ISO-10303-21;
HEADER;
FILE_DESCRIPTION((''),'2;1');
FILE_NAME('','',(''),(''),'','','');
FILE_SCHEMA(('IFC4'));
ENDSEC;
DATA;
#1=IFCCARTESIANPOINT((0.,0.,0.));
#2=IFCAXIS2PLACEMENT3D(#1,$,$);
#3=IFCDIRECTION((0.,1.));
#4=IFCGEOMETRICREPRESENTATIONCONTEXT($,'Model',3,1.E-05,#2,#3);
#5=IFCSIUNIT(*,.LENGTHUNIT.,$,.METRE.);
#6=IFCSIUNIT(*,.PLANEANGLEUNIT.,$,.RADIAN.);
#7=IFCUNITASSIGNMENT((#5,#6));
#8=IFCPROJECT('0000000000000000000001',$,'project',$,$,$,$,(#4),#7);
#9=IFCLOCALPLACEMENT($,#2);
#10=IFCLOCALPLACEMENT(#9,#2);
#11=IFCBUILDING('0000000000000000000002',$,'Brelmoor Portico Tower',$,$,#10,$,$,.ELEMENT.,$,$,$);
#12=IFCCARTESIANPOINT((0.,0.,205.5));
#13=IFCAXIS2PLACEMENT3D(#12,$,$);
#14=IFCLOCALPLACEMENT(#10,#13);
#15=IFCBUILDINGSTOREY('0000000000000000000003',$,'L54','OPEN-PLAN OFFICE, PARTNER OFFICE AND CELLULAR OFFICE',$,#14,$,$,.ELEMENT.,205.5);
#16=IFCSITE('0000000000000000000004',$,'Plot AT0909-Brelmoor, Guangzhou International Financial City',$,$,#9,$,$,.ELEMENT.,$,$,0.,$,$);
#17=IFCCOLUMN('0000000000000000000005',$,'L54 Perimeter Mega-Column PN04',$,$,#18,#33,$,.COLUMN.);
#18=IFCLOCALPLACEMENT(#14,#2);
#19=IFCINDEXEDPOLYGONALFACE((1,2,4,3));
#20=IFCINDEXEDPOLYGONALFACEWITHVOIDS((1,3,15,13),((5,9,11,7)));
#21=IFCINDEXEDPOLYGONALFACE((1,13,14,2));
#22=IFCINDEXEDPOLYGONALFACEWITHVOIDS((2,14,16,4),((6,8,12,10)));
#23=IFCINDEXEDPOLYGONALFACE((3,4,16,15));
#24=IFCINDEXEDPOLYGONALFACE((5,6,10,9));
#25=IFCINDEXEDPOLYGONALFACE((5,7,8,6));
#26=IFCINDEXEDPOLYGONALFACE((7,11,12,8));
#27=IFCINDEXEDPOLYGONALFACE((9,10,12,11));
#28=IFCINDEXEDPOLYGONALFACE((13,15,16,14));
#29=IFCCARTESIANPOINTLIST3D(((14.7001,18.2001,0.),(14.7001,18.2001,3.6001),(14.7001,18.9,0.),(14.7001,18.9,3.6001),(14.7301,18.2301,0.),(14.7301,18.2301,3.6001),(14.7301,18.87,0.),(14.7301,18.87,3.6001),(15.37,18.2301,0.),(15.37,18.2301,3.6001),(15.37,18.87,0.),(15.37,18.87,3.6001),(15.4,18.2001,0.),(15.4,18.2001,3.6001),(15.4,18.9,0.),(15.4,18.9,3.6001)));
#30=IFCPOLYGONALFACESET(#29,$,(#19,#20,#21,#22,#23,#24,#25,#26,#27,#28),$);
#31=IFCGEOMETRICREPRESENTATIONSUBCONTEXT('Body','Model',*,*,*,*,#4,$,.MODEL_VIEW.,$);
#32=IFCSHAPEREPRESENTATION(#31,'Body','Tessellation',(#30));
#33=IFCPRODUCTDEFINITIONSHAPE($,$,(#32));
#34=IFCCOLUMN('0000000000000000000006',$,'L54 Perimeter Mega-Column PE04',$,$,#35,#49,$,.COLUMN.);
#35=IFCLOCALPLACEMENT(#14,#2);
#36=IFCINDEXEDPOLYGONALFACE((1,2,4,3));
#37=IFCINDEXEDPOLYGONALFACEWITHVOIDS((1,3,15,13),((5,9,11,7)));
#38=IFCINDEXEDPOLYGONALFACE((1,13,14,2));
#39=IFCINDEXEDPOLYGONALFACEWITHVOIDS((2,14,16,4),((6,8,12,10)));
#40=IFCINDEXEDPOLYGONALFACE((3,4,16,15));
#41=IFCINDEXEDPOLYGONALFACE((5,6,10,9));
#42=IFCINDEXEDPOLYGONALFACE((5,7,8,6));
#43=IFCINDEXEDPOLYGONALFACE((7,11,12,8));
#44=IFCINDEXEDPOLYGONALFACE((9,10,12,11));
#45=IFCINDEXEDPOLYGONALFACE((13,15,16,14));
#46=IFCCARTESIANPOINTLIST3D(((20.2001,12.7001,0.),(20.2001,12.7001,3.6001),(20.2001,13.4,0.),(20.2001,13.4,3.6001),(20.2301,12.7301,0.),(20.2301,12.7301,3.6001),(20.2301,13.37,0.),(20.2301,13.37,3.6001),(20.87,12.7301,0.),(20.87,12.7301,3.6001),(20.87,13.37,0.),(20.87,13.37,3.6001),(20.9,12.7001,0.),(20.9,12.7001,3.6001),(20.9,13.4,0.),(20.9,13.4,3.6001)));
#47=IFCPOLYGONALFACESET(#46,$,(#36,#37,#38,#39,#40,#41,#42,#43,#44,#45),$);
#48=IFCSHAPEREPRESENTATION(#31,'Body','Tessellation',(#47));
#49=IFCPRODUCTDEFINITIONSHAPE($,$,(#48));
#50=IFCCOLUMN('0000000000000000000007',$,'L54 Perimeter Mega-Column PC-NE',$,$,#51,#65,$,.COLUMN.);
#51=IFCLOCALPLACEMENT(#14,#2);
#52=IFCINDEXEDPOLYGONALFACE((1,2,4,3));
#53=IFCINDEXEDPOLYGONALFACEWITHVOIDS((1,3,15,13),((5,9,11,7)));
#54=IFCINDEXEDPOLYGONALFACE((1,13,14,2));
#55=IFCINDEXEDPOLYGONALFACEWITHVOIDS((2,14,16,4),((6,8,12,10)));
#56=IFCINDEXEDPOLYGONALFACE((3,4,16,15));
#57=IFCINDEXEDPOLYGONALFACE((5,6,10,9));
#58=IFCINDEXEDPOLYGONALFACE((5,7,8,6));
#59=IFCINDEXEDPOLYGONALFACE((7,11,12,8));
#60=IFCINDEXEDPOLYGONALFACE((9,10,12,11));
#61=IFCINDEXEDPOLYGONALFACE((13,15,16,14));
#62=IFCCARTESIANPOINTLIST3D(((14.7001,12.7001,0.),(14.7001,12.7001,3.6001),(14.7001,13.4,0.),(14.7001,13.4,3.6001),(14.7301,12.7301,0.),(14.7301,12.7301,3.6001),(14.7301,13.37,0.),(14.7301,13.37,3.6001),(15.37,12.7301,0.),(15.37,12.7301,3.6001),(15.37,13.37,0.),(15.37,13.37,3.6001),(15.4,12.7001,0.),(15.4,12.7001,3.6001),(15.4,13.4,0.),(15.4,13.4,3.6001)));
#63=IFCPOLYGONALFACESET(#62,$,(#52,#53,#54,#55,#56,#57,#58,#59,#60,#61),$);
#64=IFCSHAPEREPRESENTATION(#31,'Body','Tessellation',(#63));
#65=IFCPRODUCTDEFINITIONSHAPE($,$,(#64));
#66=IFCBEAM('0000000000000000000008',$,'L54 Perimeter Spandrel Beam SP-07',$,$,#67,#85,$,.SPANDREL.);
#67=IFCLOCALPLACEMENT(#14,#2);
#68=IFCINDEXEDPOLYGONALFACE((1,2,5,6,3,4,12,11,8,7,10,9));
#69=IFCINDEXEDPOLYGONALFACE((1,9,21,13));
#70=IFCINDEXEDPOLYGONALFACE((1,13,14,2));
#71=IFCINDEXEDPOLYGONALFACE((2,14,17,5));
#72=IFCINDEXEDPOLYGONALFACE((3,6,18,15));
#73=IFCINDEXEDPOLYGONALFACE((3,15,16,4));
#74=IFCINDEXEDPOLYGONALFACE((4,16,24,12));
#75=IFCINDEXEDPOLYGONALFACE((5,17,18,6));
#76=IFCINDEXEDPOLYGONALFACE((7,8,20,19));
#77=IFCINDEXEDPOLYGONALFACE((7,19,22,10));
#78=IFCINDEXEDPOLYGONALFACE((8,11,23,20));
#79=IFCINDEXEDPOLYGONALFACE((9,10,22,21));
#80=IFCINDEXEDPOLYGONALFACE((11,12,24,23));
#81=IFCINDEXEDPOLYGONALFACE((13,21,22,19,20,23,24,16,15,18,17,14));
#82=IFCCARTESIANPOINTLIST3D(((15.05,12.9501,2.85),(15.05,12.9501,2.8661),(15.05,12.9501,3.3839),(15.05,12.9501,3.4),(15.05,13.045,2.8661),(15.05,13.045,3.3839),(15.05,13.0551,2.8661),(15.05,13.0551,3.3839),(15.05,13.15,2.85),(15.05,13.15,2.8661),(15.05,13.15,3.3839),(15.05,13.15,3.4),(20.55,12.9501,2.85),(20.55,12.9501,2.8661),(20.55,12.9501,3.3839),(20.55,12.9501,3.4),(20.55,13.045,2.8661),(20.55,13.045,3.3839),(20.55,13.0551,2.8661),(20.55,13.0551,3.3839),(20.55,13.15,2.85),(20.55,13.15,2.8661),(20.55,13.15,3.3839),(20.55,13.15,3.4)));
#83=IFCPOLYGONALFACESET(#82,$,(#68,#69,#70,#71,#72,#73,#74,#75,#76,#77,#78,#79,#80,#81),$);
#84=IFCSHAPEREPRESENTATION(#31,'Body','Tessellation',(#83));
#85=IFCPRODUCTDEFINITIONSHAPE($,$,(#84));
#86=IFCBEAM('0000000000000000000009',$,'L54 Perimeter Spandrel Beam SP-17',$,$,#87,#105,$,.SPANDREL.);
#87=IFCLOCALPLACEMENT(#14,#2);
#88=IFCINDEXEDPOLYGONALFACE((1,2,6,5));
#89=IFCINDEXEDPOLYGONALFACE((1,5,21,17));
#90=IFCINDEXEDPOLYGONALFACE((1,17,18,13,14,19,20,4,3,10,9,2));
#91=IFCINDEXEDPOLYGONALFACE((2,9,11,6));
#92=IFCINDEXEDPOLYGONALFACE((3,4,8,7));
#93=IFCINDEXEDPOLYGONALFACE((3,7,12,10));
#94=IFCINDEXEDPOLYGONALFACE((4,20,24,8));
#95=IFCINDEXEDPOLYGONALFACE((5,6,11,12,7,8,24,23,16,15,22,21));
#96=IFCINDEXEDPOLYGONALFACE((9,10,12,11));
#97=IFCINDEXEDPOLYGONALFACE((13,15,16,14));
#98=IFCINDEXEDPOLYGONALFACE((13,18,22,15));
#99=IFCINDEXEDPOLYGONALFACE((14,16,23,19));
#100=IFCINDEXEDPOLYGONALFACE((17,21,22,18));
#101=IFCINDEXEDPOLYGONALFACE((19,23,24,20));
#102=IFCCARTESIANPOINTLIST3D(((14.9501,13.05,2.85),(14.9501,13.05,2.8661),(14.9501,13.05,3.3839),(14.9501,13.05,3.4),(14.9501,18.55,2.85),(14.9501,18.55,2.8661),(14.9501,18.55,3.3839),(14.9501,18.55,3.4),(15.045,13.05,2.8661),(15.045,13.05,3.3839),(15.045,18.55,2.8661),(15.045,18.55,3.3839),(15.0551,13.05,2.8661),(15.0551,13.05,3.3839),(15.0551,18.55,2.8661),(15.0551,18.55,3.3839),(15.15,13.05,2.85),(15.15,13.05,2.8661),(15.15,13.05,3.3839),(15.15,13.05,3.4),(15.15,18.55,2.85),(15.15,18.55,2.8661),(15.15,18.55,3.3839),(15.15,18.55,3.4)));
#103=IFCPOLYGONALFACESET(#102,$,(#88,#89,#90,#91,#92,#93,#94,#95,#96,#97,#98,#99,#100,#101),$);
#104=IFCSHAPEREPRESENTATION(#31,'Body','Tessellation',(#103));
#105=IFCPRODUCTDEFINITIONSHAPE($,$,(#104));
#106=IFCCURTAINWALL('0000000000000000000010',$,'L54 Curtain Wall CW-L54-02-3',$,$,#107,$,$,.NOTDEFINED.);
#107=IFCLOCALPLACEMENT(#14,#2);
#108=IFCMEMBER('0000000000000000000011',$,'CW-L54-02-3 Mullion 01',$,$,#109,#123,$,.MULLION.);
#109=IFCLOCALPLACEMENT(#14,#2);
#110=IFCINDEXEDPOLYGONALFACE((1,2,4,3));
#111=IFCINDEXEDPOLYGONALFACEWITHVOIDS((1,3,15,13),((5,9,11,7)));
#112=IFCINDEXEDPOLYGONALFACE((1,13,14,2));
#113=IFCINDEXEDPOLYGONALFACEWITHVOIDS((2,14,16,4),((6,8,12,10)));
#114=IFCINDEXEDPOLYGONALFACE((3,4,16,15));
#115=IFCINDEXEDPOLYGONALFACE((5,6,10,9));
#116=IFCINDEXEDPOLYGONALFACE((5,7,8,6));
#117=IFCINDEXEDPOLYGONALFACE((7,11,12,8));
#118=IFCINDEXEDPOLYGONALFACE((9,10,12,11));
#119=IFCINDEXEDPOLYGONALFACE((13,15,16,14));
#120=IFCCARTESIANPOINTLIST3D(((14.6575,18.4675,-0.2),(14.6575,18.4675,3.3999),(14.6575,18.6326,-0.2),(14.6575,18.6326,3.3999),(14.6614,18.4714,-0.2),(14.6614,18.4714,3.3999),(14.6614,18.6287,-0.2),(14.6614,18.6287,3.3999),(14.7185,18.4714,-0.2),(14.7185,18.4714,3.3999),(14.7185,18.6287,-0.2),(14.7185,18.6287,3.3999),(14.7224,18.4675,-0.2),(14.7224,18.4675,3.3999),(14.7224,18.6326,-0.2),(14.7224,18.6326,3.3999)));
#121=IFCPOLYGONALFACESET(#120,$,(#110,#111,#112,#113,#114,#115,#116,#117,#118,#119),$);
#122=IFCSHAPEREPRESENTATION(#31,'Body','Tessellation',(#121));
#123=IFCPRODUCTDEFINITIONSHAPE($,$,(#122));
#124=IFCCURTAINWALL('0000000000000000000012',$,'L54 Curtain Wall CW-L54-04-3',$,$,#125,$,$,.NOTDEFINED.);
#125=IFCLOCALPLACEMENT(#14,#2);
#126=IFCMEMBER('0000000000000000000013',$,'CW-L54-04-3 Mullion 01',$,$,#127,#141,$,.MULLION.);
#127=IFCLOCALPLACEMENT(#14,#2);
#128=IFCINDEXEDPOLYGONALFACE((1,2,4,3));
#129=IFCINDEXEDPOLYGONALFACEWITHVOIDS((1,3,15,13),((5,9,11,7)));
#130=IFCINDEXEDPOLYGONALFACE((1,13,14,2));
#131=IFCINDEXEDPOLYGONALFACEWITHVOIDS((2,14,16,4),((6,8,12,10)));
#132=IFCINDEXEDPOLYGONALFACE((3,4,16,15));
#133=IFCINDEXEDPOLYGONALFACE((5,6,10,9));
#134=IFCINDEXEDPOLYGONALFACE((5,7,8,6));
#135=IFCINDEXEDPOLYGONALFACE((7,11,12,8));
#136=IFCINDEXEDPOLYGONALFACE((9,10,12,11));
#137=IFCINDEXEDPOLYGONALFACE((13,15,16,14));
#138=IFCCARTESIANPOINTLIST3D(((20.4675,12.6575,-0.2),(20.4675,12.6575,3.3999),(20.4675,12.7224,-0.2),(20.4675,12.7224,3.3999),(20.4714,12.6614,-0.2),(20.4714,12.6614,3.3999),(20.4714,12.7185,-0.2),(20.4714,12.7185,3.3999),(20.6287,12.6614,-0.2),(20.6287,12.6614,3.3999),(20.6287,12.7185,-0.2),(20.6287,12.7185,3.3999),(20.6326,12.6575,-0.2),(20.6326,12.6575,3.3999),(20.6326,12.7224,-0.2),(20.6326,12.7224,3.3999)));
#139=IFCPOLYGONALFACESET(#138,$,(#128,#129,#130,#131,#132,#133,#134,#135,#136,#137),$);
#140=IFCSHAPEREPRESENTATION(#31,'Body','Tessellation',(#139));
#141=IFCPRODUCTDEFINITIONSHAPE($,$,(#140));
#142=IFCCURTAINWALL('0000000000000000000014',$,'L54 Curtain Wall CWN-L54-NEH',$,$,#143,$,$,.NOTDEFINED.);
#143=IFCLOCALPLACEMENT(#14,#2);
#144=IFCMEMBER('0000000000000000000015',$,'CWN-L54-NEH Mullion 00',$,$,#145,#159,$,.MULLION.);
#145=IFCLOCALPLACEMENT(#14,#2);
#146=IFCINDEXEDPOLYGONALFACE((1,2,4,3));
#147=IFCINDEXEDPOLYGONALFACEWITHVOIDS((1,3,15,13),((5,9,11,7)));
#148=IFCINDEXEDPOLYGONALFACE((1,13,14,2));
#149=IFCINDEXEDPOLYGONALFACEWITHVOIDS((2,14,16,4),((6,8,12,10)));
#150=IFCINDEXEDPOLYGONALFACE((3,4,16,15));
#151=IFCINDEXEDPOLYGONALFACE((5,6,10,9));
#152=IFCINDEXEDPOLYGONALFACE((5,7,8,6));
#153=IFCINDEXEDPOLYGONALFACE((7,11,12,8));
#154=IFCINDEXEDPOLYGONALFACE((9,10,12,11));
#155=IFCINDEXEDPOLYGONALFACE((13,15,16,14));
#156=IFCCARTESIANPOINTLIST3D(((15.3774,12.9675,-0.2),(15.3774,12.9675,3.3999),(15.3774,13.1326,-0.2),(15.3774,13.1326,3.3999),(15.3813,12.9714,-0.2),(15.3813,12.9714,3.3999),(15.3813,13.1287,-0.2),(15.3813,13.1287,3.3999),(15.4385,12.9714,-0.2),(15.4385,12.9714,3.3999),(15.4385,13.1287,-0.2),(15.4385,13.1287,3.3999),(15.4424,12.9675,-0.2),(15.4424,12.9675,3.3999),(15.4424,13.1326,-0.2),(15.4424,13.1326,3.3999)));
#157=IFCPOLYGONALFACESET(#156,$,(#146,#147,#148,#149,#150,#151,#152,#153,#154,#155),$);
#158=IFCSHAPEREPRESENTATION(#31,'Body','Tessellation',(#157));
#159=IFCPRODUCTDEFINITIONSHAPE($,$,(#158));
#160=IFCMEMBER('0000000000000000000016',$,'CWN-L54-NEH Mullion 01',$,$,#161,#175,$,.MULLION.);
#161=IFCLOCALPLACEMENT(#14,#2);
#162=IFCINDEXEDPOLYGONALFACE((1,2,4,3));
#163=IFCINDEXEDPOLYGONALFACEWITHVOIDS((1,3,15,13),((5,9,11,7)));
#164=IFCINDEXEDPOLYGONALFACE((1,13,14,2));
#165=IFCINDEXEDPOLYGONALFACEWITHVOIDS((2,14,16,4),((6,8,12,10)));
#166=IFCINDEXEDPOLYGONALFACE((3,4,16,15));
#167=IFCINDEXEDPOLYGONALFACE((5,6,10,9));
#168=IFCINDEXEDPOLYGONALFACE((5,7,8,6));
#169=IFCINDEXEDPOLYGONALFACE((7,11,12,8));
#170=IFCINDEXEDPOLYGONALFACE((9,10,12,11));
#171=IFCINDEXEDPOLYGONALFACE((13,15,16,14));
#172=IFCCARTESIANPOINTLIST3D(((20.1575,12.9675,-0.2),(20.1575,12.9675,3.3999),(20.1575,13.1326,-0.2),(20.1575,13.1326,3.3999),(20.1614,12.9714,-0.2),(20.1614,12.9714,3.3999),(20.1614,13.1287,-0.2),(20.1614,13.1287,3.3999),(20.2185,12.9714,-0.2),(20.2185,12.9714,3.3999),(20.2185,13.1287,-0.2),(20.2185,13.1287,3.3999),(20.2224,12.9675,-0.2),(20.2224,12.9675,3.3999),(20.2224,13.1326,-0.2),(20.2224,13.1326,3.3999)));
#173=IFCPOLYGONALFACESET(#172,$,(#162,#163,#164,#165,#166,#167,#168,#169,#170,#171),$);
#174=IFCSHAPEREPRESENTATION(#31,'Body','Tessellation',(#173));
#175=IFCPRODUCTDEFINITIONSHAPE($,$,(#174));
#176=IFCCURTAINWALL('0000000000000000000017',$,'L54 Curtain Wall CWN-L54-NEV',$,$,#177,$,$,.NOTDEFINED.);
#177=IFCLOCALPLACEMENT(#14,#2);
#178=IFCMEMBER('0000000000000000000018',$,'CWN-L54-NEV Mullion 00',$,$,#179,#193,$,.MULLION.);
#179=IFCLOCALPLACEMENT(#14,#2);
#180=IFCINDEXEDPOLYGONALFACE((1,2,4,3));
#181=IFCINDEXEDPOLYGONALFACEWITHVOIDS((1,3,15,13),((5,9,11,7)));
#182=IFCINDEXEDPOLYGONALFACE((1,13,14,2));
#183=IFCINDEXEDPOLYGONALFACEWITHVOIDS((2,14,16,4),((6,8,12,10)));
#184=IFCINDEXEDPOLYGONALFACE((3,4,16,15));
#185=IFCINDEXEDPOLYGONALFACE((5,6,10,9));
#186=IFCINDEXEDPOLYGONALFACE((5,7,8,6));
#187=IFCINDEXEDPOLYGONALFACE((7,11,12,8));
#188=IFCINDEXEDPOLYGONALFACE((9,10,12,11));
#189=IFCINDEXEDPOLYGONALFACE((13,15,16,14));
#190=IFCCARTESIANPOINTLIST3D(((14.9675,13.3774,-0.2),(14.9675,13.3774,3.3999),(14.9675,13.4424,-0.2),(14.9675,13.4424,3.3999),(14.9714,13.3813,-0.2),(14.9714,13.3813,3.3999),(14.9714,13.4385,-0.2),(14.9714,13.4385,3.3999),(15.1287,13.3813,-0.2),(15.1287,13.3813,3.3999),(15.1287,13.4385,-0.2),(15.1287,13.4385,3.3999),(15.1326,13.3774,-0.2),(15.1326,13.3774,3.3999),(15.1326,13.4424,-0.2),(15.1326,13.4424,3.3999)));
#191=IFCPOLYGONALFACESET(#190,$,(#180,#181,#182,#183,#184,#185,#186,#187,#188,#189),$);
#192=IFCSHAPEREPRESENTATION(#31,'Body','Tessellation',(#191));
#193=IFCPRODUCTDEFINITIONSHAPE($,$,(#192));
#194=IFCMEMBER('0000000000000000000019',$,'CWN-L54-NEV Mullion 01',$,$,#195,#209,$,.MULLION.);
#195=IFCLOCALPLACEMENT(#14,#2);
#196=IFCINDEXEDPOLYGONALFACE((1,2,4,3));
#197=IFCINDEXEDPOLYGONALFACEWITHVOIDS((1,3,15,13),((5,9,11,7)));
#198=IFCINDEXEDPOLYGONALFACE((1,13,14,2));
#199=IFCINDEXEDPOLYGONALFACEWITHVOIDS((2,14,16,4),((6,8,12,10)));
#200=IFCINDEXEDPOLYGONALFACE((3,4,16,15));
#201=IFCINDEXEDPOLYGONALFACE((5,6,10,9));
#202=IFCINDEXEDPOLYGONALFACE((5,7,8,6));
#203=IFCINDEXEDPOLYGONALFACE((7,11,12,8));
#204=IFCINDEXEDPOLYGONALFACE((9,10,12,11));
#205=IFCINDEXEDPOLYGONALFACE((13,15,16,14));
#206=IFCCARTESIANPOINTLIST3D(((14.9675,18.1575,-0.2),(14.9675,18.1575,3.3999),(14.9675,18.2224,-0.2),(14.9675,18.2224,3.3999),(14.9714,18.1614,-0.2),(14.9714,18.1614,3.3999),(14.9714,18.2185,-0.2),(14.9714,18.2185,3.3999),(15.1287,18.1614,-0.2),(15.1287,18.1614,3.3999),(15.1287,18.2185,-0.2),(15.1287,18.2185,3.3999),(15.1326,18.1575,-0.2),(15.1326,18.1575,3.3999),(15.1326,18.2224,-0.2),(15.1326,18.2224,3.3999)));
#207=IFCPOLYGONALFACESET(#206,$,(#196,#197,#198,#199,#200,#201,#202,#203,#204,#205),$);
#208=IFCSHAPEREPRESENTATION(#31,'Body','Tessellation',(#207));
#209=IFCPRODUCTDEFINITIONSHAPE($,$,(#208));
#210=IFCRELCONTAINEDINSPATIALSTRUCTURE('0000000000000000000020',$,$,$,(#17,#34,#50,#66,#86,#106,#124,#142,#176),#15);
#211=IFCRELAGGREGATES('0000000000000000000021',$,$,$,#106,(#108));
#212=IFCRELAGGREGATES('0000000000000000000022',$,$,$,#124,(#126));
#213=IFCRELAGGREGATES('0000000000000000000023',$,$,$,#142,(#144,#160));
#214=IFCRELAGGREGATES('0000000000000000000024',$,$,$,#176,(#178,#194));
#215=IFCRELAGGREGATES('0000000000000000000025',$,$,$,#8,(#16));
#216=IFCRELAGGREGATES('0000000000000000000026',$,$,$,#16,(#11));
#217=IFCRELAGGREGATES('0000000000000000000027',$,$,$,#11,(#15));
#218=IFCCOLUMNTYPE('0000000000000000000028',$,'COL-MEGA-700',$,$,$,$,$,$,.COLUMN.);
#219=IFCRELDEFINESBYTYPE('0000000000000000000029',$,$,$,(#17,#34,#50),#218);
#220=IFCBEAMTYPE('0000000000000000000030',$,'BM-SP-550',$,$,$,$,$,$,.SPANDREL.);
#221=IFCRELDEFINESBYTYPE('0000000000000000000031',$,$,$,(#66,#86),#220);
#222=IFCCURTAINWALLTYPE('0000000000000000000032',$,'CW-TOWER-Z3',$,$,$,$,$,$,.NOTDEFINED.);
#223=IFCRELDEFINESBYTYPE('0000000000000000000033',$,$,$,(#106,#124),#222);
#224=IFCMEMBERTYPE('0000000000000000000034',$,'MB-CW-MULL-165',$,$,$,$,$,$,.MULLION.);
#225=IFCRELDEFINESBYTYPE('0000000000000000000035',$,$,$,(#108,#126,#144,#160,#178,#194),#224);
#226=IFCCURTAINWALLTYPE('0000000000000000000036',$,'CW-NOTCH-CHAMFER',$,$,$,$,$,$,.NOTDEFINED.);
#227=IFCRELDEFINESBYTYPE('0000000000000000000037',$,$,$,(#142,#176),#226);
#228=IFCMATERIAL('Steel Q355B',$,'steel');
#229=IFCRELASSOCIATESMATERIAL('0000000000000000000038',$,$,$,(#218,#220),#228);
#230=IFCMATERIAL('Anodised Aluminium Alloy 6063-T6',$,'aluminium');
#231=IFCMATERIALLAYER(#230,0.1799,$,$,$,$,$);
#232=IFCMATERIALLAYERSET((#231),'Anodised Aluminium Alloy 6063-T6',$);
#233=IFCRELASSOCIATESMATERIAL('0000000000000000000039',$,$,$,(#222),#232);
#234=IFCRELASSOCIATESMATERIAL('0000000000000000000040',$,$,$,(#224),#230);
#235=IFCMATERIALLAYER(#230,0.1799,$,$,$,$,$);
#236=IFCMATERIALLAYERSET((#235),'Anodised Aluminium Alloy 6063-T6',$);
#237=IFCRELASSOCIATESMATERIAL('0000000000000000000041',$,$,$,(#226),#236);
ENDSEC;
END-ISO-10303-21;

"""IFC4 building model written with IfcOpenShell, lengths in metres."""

from ifc_helpers import new_model, si_unit, direction, frame, origin, origin_2d, place, context, subcontext, project, spatial, hollow_rectangle, i_section, extrude, material, layer, layer_set, material_profile, profile_set, type_object, element, aggregate, save


model = new_model("IFC4")

# Units and contexts
model_context = context("Model", 3, precision=1e-05, world=origin(), true_north=direction((0.0, 1.0)))
body_context = subcontext(model_context, "Body", "Model", "MODEL_VIEW")
ifc_project = project(units=[si_unit("LENGTHUNIT", "METRE"), si_unit("PLANEANGLEUNIT", "RADIAN")], contexts=[model_context])

# Site, building, storey
site_placement = place(None, origin())
site = spatial("IfcSite", under=ifc_project, at=site_placement, Name="Plot AT0909-Brelmoor, Guangzhou International Financial City", CompositionType="ELEMENT", RefElevation=0.0)
building_placement = place(site_placement, origin())
building = spatial("IfcBuilding", under=site, at=building_placement, Name="Brelmoor Portico Tower", CompositionType="ELEMENT")
storey_placement = place(building_placement, frame((0.0, 0.0, 205.5)))
storey = spatial("IfcBuildingStorey", under=building, at=storey_placement, Name="L54", Description="OPEN-PLAN OFFICE, PARTNER OFFICE AND CELLULAR OFFICE", CompositionType="ELEMENT", Elevation=205.5)

# Columns
ifc_material_1 = material(Name="Steel Q355B", Category="steel")
ifc_material_profile_1 = material_profile(ifc_material_1, hollow_rectangle(XDim=0.7, YDim=0.7, WallThickness=0.03, at=origin_2d()), Name="BOX 700x700x30")
ifc_profile_set_1 = profile_set([ifc_material_profile_1], Name="Steel Q355B")
column_type = type_object("IfcColumnType", Name="COL-MEGA-700", PredefinedType="COLUMN", material=ifc_profile_set_1)
for number, where, z_axis, x_axis, name in (
    (1, (15.05, 18.55, 0.0), (0.0, 0.0, 1.0), (1.0, 0.0, 0.0), "L54 Perimeter Mega-Column PN04"),
    (2, (20.55, 13.05, 0.0), (0.0, 0.0, 1.0), (0.0, 1.0, 0.0), "L54 Perimeter Mega-Column PE04"),
    (3, (15.05, 13.05, 0.0), (0.0, 0.0, 1.0), (1.0, 0.0, 0.0), "L54 Perimeter Mega-Column PC-NE"),
):
    element("IfcColumn", number, at=place(storey_placement, frame(where, z_axis=z_axis, x_axis=x_axis)), inside=storey, type_object=column_type, Name=name, PredefinedType="COLUMN", context=body_context, shape_type="SweptSolid", body=[
        extrude(hollow_rectangle(XDim=0.7, YDim=0.7, WallThickness=0.03, at=origin_2d()), origin(), (0.0, 0.0, 1.0), 3.6001),
    ])

# Beams
ifc_material_profile_2 = material_profile(ifc_material_1, i_section(OverallWidth=0.2, OverallDepth=0.55, WebThickness=0.01, FlangeThickness=0.0161, at=origin_2d()), Name="HN 550x200x10x16")
ifc_profile_set_2 = profile_set([ifc_material_profile_2], Name="Steel Q355B")
beam_type = type_object("IfcBeamType", Name="BM-SP-550", PredefinedType="SPANDREL", material=ifc_profile_set_2)
for number, where, z_axis, x_axis, name in (
    (4, (15.05, 13.05, 3.125), (1.0, 0.0, 0.0), (0.0, 1.0, 0.0), "L54 Perimeter Spandrel Beam SP-07"),
    (5, (15.05, 13.05, 3.125), (0.0, 1.0, 0.0), (-1.0, 0.0, 0.0), "L54 Perimeter Spandrel Beam SP-17"),
):
    element("IfcBeam", number, at=place(storey_placement, frame(where, z_axis=z_axis, x_axis=x_axis)), inside=storey, type_object=beam_type, Name=name, PredefinedType="SPANDREL", context=body_context, shape_type="SweptSolid", body=[
        extrude(i_section(OverallWidth=0.2, OverallDepth=0.55, WebThickness=0.01, FlangeThickness=0.0161, at=origin_2d()), origin(), (0.0, 0.0, 1.0), 5.5),
    ])

# Curtain walls, members
ifc_material_2 = material(Name="Anodised Aluminium Alloy 6063-T6", Category="aluminium")
ifc_layer_1 = layer(ifc_material_2, 0.1799)
ifc_layer_set_1 = layer_set([ifc_layer_1], Name="Anodised Aluminium Alloy 6063-T6")
curtain_wall_type_1 = type_object("IfcCurtainWallType", Name="CW-TOWER-Z3", PredefinedType="NOTDEFINED", material=ifc_layer_set_1)
curtain_wall_1_placement = place(storey_placement, origin())
curtain_wall_1 = element("IfcCurtainWall", 6, at=curtain_wall_1_placement, inside=storey, type_object=curtain_wall_type_1, Name="L54 Curtain Wall CW-L54-02-3", PredefinedType="NOTDEFINED")
ifc_material_profile_3 = material_profile(ifc_material_2, hollow_rectangle(XDim=0.0649, YDim=0.165, WallThickness=0.0039, at=origin_2d()), Name="ALU MULLION 65x165")
ifc_profile_set_3 = profile_set([ifc_material_profile_3], Name="Anodised Aluminium Alloy 6063-T6")
member_type_1 = type_object("IfcMemberType", Name="MB-CW-MULL-165", PredefinedType="MULLION", material=ifc_profile_set_3)
member_1_placement = place(storey_placement, frame((14.6899, 18.55, -0.2), z_axis=(0.0, 0.0, 1.0), x_axis=(1.0, 0.0, 0.0)))
member_1 = element("IfcMember", 7, at=member_1_placement, type_object=member_type_1, Name="CW-L54-02-3 Mullion 01", PredefinedType="MULLION", context=body_context, shape_type="SweptSolid", body=[
    extrude(hollow_rectangle(XDim=0.0649, YDim=0.165, WallThickness=0.0039, at=origin_2d()), origin(), (0.0, 0.0, 1.0), 3.5999),
])
aggregate(curtain_wall_1, [member_1])
curtain_wall_2_placement = place(storey_placement, origin())
curtain_wall_2 = element("IfcCurtainWall", 8, at=curtain_wall_2_placement, inside=storey, type_object=curtain_wall_type_1, Name="L54 Curtain Wall CW-L54-04-3", PredefinedType="NOTDEFINED")
member_2_placement = place(storey_placement, frame((20.55, 12.6899, -0.2), z_axis=(0.0, 0.0, 1.0), x_axis=(0.0, 1.0, 0.0)))
member_2 = element("IfcMember", 9, at=member_2_placement, type_object=member_type_1, Name="CW-L54-04-3 Mullion 01", PredefinedType="MULLION", context=body_context, shape_type="SweptSolid", body=[
    extrude(hollow_rectangle(XDim=0.0649, YDim=0.165, WallThickness=0.0039, at=origin_2d()), origin(), (0.0, 0.0, 1.0), 3.5999),
])
aggregate(curtain_wall_2, [member_2])

# Curtain walls, members
ifc_layer_2 = layer(ifc_material_2, 0.1799)
ifc_layer_set_2 = layer_set([ifc_layer_2], Name="Anodised Aluminium Alloy 6063-T6")
curtain_wall_type_2 = type_object("IfcCurtainWallType", Name="CW-NOTCH-CHAMFER", PredefinedType="NOTDEFINED", material=ifc_layer_set_2)
curtain_wall_3_placement = place(storey_placement, origin())
curtain_wall_3 = element("IfcCurtainWall", 10, at=curtain_wall_3_placement, inside=storey, type_object=curtain_wall_type_2, Name="L54 Curtain Wall CWN-L54-NEH", PredefinedType="NOTDEFINED")
member_3_placement = place(storey_placement, frame((15.4099, 13.05, -0.2), z_axis=(0.0, 0.0, 1.0), x_axis=(1.0, 0.0, 0.0)))
member_3 = element("IfcMember", 11, at=member_3_placement, type_object=member_type_1, Name="CWN-L54-NEH Mullion 00", PredefinedType="MULLION", context=body_context, shape_type="SweptSolid", body=[
    extrude(hollow_rectangle(XDim=0.0649, YDim=0.165, WallThickness=0.0039, at=origin_2d()), origin(), (0.0, 0.0, 1.0), 3.5999),
])
member_4_placement = place(storey_placement, frame((20.1899, 13.05, -0.2), z_axis=(0.0, 0.0, 1.0), x_axis=(1.0, 0.0, 0.0)))
member_4 = element("IfcMember", 12, at=member_4_placement, type_object=member_type_1, Name="CWN-L54-NEH Mullion 01", PredefinedType="MULLION", context=body_context, shape_type="SweptSolid", body=[
    extrude(hollow_rectangle(XDim=0.0649, YDim=0.165, WallThickness=0.0039, at=origin_2d()), origin(), (0.0, 0.0, 1.0), 3.5999),
])
curtain_wall_4_placement = place(storey_placement, origin())
curtain_wall_4 = element("IfcCurtainWall", 13, at=curtain_wall_4_placement, inside=storey, type_object=curtain_wall_type_2, Name="L54 Curtain Wall CWN-L54-NEV", PredefinedType="NOTDEFINED")
member_5_placement = place(storey_placement, frame((15.05, 13.4099, -0.2), z_axis=(0.0, 0.0, 1.0), x_axis=(0.0, 1.0, 0.0)))
member_5 = element("IfcMember", 14, at=member_5_placement, type_object=member_type_1, Name="CWN-L54-NEV Mullion 00", PredefinedType="MULLION", context=body_context, shape_type="SweptSolid", body=[
    extrude(hollow_rectangle(XDim=0.0649, YDim=0.165, WallThickness=0.0039, at=origin_2d()), origin(), (0.0, 0.0, 1.0), 3.5999),
])
member_6_placement = place(storey_placement, frame((15.05, 18.1899, -0.2), z_axis=(0.0, 0.0, 1.0), x_axis=(0.0, 1.0, 0.0)))
member_6 = element("IfcMember", 15, at=member_6_placement, type_object=member_type_1, Name="CWN-L54-NEV Mullion 01", PredefinedType="MULLION", context=body_context, shape_type="SweptSolid", body=[
    extrude(hollow_rectangle(XDim=0.0649, YDim=0.165, WallThickness=0.0039, at=origin_2d()), origin(), (0.0, 0.0, 1.0), 3.5999),
])

aggregate(curtain_wall_3, [member_3, member_4])
aggregate(curtain_wall_4, [member_5, member_6])

save(model, "model.ifc")
